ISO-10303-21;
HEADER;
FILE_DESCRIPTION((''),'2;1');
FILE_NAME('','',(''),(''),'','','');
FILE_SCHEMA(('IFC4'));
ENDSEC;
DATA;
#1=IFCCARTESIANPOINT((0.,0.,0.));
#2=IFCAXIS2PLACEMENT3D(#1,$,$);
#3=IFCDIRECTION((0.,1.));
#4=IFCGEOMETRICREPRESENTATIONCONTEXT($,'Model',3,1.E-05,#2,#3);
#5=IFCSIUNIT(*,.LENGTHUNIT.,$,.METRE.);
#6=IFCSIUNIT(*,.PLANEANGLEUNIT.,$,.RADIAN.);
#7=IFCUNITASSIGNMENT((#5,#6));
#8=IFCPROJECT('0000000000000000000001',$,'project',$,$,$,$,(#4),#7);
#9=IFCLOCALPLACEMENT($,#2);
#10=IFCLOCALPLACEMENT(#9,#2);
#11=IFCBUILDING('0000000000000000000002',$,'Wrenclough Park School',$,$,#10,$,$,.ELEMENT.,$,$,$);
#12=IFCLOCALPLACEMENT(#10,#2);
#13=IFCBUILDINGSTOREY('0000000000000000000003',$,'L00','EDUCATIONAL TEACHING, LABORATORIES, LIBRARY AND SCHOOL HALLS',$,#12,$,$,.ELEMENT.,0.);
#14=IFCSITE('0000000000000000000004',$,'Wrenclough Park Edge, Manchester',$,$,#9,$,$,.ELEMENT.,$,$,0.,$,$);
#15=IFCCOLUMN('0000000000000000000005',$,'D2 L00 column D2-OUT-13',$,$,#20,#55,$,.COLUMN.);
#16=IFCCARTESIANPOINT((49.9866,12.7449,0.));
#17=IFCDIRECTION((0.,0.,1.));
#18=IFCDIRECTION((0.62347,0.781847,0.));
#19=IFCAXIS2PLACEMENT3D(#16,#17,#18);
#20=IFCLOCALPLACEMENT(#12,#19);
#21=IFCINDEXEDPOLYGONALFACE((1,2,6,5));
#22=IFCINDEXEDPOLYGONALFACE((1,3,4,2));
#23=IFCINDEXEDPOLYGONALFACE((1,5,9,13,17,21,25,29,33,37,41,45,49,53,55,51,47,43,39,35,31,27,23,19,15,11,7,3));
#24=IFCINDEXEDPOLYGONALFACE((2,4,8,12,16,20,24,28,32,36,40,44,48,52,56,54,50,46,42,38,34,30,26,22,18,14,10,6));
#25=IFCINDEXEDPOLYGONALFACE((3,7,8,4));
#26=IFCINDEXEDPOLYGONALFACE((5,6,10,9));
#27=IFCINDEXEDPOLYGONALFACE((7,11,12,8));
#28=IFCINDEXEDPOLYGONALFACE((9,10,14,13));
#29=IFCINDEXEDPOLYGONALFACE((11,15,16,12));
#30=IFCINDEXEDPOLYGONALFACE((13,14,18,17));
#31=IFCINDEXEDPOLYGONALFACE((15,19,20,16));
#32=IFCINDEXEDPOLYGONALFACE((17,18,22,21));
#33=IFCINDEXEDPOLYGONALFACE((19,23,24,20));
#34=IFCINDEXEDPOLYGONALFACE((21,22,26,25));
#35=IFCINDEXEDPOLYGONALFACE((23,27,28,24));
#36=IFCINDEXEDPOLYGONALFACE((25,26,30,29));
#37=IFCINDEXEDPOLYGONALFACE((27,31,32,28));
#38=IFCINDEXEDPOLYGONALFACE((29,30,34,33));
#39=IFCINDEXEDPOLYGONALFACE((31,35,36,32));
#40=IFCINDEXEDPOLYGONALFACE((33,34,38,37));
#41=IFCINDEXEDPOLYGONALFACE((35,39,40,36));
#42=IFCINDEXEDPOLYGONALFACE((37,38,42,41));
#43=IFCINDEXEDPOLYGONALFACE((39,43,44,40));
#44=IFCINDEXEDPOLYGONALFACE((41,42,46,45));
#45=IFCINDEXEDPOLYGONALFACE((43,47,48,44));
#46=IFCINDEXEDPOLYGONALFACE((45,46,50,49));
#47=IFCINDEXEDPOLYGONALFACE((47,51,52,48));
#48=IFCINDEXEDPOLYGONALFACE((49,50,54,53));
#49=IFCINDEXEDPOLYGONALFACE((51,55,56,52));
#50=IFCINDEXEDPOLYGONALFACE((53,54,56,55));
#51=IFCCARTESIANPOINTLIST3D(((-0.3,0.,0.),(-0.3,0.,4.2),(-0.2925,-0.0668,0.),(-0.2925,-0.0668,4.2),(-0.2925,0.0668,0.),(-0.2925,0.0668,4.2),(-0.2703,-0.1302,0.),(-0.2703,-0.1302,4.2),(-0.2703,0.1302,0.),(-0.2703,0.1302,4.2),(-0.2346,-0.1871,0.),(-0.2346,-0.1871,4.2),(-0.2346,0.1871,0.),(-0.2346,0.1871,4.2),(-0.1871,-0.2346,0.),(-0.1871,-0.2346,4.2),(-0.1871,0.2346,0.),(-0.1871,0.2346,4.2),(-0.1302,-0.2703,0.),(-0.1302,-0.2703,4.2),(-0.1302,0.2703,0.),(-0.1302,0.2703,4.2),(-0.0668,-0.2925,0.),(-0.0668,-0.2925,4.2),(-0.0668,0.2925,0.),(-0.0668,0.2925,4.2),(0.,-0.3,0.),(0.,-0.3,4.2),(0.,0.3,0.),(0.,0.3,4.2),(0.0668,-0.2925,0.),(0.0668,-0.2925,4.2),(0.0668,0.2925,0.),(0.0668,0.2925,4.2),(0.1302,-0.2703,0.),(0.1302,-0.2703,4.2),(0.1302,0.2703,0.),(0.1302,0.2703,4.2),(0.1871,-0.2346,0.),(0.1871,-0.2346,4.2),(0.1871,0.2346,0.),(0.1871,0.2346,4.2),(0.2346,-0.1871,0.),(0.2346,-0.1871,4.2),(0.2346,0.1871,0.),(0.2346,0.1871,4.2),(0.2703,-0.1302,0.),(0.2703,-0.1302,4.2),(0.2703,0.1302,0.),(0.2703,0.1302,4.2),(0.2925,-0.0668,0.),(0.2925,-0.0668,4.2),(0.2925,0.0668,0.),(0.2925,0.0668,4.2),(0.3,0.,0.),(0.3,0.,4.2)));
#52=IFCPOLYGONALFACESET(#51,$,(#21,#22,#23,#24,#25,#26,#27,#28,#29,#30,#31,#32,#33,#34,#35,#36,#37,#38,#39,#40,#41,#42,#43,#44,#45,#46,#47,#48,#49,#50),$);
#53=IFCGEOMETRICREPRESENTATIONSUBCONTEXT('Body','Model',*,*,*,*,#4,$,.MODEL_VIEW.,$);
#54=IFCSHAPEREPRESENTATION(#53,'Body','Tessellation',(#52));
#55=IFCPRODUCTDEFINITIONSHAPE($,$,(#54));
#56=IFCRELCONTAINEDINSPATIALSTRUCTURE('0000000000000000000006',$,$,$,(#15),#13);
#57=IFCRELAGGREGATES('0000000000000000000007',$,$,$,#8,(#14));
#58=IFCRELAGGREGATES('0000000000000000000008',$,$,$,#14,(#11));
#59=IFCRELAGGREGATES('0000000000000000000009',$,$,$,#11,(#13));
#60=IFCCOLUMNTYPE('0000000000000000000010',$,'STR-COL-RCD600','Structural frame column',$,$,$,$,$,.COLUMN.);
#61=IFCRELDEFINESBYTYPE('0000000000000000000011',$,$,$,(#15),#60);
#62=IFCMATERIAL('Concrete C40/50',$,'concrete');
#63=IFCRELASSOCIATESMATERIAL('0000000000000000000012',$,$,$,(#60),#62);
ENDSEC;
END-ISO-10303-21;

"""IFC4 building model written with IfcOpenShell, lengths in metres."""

from ifc_helpers import new_model, si_unit, direction, frame, origin, origin_2d, place, context, subcontext, project, spatial, circle, extrude, material, material_profile, profile_set, type_object, element, save


model = new_model("IFC4")

# Units and contexts
model_context = context("Model", 3, precision=1e-05, world=origin(), true_north=direction((0.0, 1.0)))
body_context = subcontext(model_context, "Body", "Model", "MODEL_VIEW")
ifc_project = project(units=[si_unit("LENGTHUNIT", "METRE"), si_unit("PLANEANGLEUNIT", "RADIAN")], contexts=[model_context])

# Site, building, storey
site_placement = place(None, origin())
site = spatial("IfcSite", under=ifc_project, at=site_placement, Name="Wrenclough Park Edge, Manchester", CompositionType="ELEMENT", RefElevation=0.0)
building_placement = place(site_placement, origin())
building = spatial("IfcBuilding", under=site, at=building_placement, Name="Wrenclough Park School", CompositionType="ELEMENT")
storey_placement = place(building_placement, origin())
storey = spatial("IfcBuildingStorey", under=building, at=storey_placement, Name="L00", Description="EDUCATIONAL TEACHING, LABORATORIES, LIBRARY AND SCHOOL HALLS", CompositionType="ELEMENT", Elevation=0.0)

# Column
ifc_material_1 = material(Name="Concrete C40/50", Category="concrete")
ifc_material_profile_1 = material_profile(ifc_material_1, circle(Radius=0.3, at=origin_2d()), Name="RC COL D600")
ifc_profile_set_1 = profile_set([ifc_material_profile_1], Name="Concrete C40/50")
column_type = type_object("IfcColumnType", Name="STR-COL-RCD600", Description="Structural frame column", PredefinedType="COLUMN", material=ifc_profile_set_1)
column_placement = place(storey_placement, frame((49.9866, 12.7449, 0.0), z_axis=(0.0, 0.0, 1.0), x_axis=(0.62347, 0.781847, 0.0)))
element("IfcColumn", 1, at=column_placement, inside=storey, type_object=column_type, Name="D2 L00 column D2-OUT-13", PredefinedType="COLUMN", context=body_context, shape_type="SweptSolid", body=[
    extrude(circle(Radius=0.3, at=origin_2d()), origin(), (0.0, 0.0, 1.0), 4.2),
])

save(model, "model.ifc")
